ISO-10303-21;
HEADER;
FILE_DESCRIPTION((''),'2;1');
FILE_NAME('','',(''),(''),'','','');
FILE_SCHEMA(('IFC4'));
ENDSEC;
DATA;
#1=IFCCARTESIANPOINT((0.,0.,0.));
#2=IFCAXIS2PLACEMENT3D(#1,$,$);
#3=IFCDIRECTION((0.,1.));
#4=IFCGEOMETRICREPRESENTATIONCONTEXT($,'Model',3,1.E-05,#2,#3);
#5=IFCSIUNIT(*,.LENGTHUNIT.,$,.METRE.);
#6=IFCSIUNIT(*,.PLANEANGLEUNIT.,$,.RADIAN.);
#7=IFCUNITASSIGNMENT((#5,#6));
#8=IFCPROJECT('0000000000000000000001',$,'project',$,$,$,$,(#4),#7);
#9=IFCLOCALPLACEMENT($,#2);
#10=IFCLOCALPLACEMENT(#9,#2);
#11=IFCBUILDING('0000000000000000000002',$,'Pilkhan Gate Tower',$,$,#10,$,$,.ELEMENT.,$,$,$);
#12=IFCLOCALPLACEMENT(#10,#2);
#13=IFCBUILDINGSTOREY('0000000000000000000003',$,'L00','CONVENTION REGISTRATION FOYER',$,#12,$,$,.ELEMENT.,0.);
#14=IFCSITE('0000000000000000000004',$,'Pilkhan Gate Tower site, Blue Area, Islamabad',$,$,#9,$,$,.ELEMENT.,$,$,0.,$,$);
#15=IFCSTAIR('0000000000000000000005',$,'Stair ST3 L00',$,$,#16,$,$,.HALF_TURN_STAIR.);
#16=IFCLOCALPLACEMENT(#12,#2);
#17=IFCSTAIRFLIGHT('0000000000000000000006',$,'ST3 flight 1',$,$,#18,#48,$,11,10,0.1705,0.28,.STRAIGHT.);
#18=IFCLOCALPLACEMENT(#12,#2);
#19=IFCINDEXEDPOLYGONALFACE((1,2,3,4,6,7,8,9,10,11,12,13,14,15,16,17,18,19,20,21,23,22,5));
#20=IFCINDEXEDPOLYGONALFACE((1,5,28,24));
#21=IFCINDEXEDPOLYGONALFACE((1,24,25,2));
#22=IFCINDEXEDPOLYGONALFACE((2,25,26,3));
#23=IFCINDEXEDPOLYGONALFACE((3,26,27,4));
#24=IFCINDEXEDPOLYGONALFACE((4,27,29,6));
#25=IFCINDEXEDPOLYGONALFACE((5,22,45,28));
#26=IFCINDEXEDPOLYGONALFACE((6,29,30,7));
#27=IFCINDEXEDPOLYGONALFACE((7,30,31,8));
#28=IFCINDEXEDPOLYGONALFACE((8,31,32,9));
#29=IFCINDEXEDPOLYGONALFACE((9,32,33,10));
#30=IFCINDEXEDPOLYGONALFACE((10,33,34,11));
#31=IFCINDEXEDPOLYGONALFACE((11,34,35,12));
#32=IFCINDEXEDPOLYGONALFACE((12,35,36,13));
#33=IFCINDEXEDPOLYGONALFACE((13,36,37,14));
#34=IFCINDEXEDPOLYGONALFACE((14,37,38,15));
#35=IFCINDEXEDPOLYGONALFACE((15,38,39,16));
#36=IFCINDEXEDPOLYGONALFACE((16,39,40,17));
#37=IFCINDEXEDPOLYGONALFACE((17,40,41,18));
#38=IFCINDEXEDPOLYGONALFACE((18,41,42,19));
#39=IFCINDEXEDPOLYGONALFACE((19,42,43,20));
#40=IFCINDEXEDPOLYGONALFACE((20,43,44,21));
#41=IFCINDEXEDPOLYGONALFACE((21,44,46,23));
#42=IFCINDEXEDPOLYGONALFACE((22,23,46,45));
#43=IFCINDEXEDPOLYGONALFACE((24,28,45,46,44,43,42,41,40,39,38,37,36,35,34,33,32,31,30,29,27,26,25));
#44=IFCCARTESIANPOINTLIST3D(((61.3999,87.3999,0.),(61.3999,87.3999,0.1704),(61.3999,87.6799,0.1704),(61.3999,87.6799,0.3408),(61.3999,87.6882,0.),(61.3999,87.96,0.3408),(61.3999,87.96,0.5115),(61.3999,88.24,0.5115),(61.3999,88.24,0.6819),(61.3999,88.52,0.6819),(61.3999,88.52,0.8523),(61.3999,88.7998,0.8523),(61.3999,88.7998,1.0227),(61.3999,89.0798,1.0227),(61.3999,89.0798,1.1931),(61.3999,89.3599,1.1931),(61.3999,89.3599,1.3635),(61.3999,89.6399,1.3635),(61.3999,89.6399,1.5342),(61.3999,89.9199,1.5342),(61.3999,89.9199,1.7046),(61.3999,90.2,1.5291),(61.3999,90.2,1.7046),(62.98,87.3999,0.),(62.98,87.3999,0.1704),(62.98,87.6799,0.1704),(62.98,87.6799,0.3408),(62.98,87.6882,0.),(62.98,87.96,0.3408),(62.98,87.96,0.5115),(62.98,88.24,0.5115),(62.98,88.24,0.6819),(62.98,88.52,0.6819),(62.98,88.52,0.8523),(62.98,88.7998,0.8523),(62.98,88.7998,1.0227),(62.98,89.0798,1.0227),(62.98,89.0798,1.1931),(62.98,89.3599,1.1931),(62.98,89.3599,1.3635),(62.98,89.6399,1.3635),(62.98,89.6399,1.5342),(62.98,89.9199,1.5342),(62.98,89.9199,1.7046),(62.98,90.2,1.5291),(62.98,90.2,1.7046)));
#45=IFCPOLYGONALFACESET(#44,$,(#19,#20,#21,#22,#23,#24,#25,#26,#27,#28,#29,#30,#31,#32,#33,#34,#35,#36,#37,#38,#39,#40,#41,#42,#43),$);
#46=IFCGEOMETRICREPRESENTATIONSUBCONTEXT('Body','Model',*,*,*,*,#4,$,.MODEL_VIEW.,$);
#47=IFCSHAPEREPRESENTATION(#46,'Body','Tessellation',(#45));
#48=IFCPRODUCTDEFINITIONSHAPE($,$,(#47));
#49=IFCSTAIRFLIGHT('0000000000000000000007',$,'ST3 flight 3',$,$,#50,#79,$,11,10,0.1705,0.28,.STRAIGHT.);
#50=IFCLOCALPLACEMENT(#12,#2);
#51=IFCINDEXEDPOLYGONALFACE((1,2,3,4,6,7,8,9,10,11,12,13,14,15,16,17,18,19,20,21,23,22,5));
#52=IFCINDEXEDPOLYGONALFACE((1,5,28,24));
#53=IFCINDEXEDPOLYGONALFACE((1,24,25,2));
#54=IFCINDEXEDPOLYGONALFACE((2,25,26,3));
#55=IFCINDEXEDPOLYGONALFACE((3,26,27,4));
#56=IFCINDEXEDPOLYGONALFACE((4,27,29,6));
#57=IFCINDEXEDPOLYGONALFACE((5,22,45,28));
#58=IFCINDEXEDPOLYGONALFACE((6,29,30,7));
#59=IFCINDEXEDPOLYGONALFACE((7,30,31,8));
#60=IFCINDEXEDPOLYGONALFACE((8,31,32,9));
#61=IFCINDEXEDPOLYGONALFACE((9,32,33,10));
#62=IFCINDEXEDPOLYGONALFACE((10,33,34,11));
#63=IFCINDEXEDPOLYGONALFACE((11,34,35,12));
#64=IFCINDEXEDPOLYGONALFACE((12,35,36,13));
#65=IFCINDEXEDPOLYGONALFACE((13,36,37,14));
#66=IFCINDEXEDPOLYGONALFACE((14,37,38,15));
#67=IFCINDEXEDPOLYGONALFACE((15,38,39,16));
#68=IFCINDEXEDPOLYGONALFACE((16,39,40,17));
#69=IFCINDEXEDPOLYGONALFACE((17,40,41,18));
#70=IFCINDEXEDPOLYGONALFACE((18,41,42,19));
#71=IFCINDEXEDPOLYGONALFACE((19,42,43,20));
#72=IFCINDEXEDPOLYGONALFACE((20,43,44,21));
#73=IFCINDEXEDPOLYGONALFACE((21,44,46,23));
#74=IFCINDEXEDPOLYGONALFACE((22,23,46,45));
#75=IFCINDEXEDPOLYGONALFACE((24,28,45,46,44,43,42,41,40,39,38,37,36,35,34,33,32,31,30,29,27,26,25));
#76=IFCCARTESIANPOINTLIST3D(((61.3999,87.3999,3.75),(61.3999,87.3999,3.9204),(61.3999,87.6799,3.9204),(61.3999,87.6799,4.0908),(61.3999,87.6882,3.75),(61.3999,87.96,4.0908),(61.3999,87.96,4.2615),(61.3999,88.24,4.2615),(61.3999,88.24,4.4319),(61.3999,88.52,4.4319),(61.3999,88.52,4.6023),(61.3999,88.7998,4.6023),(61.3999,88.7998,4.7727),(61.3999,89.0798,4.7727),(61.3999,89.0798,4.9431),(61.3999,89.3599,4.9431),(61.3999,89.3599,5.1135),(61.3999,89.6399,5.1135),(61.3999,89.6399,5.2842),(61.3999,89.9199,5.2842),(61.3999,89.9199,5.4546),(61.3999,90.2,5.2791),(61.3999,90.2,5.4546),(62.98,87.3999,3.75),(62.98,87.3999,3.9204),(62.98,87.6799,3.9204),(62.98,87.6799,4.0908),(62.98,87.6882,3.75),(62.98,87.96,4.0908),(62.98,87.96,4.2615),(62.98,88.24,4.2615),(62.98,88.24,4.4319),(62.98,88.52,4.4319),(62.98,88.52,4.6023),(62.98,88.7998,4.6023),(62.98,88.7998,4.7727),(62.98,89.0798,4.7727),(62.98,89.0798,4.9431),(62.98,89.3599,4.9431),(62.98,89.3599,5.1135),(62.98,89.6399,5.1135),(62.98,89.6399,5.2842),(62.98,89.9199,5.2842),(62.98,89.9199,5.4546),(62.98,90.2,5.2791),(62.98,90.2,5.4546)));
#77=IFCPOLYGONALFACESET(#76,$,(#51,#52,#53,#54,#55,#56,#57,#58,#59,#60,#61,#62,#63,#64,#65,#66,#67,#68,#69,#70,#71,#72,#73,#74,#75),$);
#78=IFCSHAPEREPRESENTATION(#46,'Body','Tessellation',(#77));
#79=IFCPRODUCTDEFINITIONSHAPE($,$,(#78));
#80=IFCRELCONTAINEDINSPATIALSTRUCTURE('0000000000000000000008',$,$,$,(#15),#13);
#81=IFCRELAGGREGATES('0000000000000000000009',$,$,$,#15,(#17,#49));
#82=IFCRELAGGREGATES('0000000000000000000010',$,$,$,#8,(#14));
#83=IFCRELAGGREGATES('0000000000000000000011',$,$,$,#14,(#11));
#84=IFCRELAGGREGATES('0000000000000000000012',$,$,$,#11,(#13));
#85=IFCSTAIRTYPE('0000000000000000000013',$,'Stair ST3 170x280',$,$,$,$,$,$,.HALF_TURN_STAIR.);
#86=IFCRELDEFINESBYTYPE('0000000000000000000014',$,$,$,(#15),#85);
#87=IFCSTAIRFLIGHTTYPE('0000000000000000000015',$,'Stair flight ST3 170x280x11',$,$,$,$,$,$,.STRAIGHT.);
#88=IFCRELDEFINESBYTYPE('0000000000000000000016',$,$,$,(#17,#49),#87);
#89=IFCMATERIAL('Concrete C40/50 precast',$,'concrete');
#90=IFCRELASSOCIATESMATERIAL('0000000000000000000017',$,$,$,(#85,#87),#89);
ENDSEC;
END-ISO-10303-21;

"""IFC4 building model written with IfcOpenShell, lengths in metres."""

from ifc_helpers import new_model, si_unit, direction, frame, origin, place, context, subcontext, project, spatial, polyline, outline, extrude, material, type_object, element, aggregate, save


model = new_model("IFC4")

# Units and contexts
model_context = context("Model", 3, precision=1e-05, world=origin(), true_north=direction((0.0, 1.0)))
body_context = subcontext(model_context, "Body", "Model", "MODEL_VIEW")
ifc_project = project(units=[si_unit("LENGTHUNIT", "METRE"), si_unit("PLANEANGLEUNIT", "RADIAN")], contexts=[model_context])

# Site, building, storey
site_placement = place(None, origin())
site = spatial("IfcSite", under=ifc_project, at=site_placement, Name="Pilkhan Gate Tower site, Blue Area, Islamabad", CompositionType="ELEMENT", RefElevation=0.0)
building_placement = place(site_placement, origin())
building = spatial("IfcBuilding", under=site, at=building_placement, Name="Pilkhan Gate Tower", CompositionType="ELEMENT")
storey_placement = place(building_placement, origin())
storey = spatial("IfcBuildingStorey", under=building, at=storey_placement, Name="L00", Description="CONVENTION REGISTRATION FOYER", CompositionType="ELEMENT", Elevation=0.0)

# Stair, stair flights
ifc_material_1 = material(Name="Concrete C40/50 precast", Category="concrete")
stair_type = type_object("IfcStairType", Name="Stair ST3 170x280", PredefinedType="HALF_TURN_STAIR", material=ifc_material_1)
stair_placement = place(storey_placement, origin())
stair = element("IfcStair", 1, at=stair_placement, inside=storey, type_object=stair_type, Name="Stair ST3 L00", PredefinedType="HALF_TURN_STAIR")
stair_flight_type = type_object("IfcStairFlightType", Name="Stair flight ST3 170x280x11", PredefinedType="STRAIGHT", material=ifc_material_1)
stair_flight_1_placement = place(storey_placement, frame((62.1899, 87.3999, 0.0), z_axis=(0.0, 0.0, 1.0), x_axis=(0.0, 1.0, 0.0)))
stair_flight_1 = element("IfcStairFlight", 2, at=stair_flight_1_placement, type_object=stair_flight_type, Name="ST3 flight 1", NumberOfRisers=11, NumberOfTreads=10, PredefinedType="STRAIGHT", RiserHeight=0.1705, TreadLength=0.28, context=body_context, shape_type="SweptSolid", body=[
    extrude(outline(polyline([(0.0, 0.0), (0.0, 0.1704), (0.28, 0.1704), (0.28, 0.3408), (0.5601, 0.3408), (0.5601, 0.5115), (0.8401, 0.5115), (0.8401, 0.6819), (1.1201, 0.6819), (1.1201, 0.8523), (1.3999, 0.8523), (1.3999, 1.0227), (1.6799, 1.0227), (1.6799, 1.1931), (1.96, 1.1931), (1.96, 1.3635), (2.24, 1.3635), (2.24, 1.5342), (2.52, 1.5342), (2.52, 1.7046), (2.8, 1.7046), (2.8, 1.875), (2.8, 1.5291), (0.2883, 0.0), (0.0, 0.0)])), frame((0.0, 0.79, 0.0), z_axis=(0.0, -1.0, 0.0), x_axis=(1.0, 0.0, 0.0)), (0.0, 0.0, 1.0), 1.5801),
])
stair_flight_2_placement = place(storey_placement, frame((62.1899, 87.3999, 3.75), z_axis=(0.0, 0.0, 1.0), x_axis=(0.0, 1.0, 0.0)))
stair_flight_2 = element("IfcStairFlight", 3, at=stair_flight_2_placement, type_object=stair_flight_type, Name="ST3 flight 3", NumberOfRisers=11, NumberOfTreads=10, PredefinedType="STRAIGHT", RiserHeight=0.1705, TreadLength=0.28, context=body_context, shape_type="SweptSolid", body=[
    extrude(outline(polyline([(0.0, 0.0), (0.0, 0.1704), (0.28, 0.1704), (0.28, 0.3408), (0.5601, 0.3408), (0.5601, 0.5115), (0.8401, 0.5115), (0.8401, 0.6819), (1.1201, 0.6819), (1.1201, 0.8523), (1.3999, 0.8523), (1.3999, 1.0227), (1.6799, 1.0227), (1.6799, 1.1931), (1.96, 1.1931), (1.96, 1.3635), (2.24, 1.3635), (2.24, 1.5342), (2.52, 1.5342), (2.52, 1.7046), (2.8, 1.7046), (2.8, 1.875), (2.8, 1.5291), (0.2883, 0.0), (0.0, 0.0)])), frame((0.0, 0.79, 0.0), z_axis=(0.0, -1.0, 0.0), x_axis=(1.0, 0.0, 0.0)), (0.0, 0.0, 1.0), 1.5801),
])
aggregate(stair, [stair_flight_1, stair_flight_2])

save(model, "model.ifc")
